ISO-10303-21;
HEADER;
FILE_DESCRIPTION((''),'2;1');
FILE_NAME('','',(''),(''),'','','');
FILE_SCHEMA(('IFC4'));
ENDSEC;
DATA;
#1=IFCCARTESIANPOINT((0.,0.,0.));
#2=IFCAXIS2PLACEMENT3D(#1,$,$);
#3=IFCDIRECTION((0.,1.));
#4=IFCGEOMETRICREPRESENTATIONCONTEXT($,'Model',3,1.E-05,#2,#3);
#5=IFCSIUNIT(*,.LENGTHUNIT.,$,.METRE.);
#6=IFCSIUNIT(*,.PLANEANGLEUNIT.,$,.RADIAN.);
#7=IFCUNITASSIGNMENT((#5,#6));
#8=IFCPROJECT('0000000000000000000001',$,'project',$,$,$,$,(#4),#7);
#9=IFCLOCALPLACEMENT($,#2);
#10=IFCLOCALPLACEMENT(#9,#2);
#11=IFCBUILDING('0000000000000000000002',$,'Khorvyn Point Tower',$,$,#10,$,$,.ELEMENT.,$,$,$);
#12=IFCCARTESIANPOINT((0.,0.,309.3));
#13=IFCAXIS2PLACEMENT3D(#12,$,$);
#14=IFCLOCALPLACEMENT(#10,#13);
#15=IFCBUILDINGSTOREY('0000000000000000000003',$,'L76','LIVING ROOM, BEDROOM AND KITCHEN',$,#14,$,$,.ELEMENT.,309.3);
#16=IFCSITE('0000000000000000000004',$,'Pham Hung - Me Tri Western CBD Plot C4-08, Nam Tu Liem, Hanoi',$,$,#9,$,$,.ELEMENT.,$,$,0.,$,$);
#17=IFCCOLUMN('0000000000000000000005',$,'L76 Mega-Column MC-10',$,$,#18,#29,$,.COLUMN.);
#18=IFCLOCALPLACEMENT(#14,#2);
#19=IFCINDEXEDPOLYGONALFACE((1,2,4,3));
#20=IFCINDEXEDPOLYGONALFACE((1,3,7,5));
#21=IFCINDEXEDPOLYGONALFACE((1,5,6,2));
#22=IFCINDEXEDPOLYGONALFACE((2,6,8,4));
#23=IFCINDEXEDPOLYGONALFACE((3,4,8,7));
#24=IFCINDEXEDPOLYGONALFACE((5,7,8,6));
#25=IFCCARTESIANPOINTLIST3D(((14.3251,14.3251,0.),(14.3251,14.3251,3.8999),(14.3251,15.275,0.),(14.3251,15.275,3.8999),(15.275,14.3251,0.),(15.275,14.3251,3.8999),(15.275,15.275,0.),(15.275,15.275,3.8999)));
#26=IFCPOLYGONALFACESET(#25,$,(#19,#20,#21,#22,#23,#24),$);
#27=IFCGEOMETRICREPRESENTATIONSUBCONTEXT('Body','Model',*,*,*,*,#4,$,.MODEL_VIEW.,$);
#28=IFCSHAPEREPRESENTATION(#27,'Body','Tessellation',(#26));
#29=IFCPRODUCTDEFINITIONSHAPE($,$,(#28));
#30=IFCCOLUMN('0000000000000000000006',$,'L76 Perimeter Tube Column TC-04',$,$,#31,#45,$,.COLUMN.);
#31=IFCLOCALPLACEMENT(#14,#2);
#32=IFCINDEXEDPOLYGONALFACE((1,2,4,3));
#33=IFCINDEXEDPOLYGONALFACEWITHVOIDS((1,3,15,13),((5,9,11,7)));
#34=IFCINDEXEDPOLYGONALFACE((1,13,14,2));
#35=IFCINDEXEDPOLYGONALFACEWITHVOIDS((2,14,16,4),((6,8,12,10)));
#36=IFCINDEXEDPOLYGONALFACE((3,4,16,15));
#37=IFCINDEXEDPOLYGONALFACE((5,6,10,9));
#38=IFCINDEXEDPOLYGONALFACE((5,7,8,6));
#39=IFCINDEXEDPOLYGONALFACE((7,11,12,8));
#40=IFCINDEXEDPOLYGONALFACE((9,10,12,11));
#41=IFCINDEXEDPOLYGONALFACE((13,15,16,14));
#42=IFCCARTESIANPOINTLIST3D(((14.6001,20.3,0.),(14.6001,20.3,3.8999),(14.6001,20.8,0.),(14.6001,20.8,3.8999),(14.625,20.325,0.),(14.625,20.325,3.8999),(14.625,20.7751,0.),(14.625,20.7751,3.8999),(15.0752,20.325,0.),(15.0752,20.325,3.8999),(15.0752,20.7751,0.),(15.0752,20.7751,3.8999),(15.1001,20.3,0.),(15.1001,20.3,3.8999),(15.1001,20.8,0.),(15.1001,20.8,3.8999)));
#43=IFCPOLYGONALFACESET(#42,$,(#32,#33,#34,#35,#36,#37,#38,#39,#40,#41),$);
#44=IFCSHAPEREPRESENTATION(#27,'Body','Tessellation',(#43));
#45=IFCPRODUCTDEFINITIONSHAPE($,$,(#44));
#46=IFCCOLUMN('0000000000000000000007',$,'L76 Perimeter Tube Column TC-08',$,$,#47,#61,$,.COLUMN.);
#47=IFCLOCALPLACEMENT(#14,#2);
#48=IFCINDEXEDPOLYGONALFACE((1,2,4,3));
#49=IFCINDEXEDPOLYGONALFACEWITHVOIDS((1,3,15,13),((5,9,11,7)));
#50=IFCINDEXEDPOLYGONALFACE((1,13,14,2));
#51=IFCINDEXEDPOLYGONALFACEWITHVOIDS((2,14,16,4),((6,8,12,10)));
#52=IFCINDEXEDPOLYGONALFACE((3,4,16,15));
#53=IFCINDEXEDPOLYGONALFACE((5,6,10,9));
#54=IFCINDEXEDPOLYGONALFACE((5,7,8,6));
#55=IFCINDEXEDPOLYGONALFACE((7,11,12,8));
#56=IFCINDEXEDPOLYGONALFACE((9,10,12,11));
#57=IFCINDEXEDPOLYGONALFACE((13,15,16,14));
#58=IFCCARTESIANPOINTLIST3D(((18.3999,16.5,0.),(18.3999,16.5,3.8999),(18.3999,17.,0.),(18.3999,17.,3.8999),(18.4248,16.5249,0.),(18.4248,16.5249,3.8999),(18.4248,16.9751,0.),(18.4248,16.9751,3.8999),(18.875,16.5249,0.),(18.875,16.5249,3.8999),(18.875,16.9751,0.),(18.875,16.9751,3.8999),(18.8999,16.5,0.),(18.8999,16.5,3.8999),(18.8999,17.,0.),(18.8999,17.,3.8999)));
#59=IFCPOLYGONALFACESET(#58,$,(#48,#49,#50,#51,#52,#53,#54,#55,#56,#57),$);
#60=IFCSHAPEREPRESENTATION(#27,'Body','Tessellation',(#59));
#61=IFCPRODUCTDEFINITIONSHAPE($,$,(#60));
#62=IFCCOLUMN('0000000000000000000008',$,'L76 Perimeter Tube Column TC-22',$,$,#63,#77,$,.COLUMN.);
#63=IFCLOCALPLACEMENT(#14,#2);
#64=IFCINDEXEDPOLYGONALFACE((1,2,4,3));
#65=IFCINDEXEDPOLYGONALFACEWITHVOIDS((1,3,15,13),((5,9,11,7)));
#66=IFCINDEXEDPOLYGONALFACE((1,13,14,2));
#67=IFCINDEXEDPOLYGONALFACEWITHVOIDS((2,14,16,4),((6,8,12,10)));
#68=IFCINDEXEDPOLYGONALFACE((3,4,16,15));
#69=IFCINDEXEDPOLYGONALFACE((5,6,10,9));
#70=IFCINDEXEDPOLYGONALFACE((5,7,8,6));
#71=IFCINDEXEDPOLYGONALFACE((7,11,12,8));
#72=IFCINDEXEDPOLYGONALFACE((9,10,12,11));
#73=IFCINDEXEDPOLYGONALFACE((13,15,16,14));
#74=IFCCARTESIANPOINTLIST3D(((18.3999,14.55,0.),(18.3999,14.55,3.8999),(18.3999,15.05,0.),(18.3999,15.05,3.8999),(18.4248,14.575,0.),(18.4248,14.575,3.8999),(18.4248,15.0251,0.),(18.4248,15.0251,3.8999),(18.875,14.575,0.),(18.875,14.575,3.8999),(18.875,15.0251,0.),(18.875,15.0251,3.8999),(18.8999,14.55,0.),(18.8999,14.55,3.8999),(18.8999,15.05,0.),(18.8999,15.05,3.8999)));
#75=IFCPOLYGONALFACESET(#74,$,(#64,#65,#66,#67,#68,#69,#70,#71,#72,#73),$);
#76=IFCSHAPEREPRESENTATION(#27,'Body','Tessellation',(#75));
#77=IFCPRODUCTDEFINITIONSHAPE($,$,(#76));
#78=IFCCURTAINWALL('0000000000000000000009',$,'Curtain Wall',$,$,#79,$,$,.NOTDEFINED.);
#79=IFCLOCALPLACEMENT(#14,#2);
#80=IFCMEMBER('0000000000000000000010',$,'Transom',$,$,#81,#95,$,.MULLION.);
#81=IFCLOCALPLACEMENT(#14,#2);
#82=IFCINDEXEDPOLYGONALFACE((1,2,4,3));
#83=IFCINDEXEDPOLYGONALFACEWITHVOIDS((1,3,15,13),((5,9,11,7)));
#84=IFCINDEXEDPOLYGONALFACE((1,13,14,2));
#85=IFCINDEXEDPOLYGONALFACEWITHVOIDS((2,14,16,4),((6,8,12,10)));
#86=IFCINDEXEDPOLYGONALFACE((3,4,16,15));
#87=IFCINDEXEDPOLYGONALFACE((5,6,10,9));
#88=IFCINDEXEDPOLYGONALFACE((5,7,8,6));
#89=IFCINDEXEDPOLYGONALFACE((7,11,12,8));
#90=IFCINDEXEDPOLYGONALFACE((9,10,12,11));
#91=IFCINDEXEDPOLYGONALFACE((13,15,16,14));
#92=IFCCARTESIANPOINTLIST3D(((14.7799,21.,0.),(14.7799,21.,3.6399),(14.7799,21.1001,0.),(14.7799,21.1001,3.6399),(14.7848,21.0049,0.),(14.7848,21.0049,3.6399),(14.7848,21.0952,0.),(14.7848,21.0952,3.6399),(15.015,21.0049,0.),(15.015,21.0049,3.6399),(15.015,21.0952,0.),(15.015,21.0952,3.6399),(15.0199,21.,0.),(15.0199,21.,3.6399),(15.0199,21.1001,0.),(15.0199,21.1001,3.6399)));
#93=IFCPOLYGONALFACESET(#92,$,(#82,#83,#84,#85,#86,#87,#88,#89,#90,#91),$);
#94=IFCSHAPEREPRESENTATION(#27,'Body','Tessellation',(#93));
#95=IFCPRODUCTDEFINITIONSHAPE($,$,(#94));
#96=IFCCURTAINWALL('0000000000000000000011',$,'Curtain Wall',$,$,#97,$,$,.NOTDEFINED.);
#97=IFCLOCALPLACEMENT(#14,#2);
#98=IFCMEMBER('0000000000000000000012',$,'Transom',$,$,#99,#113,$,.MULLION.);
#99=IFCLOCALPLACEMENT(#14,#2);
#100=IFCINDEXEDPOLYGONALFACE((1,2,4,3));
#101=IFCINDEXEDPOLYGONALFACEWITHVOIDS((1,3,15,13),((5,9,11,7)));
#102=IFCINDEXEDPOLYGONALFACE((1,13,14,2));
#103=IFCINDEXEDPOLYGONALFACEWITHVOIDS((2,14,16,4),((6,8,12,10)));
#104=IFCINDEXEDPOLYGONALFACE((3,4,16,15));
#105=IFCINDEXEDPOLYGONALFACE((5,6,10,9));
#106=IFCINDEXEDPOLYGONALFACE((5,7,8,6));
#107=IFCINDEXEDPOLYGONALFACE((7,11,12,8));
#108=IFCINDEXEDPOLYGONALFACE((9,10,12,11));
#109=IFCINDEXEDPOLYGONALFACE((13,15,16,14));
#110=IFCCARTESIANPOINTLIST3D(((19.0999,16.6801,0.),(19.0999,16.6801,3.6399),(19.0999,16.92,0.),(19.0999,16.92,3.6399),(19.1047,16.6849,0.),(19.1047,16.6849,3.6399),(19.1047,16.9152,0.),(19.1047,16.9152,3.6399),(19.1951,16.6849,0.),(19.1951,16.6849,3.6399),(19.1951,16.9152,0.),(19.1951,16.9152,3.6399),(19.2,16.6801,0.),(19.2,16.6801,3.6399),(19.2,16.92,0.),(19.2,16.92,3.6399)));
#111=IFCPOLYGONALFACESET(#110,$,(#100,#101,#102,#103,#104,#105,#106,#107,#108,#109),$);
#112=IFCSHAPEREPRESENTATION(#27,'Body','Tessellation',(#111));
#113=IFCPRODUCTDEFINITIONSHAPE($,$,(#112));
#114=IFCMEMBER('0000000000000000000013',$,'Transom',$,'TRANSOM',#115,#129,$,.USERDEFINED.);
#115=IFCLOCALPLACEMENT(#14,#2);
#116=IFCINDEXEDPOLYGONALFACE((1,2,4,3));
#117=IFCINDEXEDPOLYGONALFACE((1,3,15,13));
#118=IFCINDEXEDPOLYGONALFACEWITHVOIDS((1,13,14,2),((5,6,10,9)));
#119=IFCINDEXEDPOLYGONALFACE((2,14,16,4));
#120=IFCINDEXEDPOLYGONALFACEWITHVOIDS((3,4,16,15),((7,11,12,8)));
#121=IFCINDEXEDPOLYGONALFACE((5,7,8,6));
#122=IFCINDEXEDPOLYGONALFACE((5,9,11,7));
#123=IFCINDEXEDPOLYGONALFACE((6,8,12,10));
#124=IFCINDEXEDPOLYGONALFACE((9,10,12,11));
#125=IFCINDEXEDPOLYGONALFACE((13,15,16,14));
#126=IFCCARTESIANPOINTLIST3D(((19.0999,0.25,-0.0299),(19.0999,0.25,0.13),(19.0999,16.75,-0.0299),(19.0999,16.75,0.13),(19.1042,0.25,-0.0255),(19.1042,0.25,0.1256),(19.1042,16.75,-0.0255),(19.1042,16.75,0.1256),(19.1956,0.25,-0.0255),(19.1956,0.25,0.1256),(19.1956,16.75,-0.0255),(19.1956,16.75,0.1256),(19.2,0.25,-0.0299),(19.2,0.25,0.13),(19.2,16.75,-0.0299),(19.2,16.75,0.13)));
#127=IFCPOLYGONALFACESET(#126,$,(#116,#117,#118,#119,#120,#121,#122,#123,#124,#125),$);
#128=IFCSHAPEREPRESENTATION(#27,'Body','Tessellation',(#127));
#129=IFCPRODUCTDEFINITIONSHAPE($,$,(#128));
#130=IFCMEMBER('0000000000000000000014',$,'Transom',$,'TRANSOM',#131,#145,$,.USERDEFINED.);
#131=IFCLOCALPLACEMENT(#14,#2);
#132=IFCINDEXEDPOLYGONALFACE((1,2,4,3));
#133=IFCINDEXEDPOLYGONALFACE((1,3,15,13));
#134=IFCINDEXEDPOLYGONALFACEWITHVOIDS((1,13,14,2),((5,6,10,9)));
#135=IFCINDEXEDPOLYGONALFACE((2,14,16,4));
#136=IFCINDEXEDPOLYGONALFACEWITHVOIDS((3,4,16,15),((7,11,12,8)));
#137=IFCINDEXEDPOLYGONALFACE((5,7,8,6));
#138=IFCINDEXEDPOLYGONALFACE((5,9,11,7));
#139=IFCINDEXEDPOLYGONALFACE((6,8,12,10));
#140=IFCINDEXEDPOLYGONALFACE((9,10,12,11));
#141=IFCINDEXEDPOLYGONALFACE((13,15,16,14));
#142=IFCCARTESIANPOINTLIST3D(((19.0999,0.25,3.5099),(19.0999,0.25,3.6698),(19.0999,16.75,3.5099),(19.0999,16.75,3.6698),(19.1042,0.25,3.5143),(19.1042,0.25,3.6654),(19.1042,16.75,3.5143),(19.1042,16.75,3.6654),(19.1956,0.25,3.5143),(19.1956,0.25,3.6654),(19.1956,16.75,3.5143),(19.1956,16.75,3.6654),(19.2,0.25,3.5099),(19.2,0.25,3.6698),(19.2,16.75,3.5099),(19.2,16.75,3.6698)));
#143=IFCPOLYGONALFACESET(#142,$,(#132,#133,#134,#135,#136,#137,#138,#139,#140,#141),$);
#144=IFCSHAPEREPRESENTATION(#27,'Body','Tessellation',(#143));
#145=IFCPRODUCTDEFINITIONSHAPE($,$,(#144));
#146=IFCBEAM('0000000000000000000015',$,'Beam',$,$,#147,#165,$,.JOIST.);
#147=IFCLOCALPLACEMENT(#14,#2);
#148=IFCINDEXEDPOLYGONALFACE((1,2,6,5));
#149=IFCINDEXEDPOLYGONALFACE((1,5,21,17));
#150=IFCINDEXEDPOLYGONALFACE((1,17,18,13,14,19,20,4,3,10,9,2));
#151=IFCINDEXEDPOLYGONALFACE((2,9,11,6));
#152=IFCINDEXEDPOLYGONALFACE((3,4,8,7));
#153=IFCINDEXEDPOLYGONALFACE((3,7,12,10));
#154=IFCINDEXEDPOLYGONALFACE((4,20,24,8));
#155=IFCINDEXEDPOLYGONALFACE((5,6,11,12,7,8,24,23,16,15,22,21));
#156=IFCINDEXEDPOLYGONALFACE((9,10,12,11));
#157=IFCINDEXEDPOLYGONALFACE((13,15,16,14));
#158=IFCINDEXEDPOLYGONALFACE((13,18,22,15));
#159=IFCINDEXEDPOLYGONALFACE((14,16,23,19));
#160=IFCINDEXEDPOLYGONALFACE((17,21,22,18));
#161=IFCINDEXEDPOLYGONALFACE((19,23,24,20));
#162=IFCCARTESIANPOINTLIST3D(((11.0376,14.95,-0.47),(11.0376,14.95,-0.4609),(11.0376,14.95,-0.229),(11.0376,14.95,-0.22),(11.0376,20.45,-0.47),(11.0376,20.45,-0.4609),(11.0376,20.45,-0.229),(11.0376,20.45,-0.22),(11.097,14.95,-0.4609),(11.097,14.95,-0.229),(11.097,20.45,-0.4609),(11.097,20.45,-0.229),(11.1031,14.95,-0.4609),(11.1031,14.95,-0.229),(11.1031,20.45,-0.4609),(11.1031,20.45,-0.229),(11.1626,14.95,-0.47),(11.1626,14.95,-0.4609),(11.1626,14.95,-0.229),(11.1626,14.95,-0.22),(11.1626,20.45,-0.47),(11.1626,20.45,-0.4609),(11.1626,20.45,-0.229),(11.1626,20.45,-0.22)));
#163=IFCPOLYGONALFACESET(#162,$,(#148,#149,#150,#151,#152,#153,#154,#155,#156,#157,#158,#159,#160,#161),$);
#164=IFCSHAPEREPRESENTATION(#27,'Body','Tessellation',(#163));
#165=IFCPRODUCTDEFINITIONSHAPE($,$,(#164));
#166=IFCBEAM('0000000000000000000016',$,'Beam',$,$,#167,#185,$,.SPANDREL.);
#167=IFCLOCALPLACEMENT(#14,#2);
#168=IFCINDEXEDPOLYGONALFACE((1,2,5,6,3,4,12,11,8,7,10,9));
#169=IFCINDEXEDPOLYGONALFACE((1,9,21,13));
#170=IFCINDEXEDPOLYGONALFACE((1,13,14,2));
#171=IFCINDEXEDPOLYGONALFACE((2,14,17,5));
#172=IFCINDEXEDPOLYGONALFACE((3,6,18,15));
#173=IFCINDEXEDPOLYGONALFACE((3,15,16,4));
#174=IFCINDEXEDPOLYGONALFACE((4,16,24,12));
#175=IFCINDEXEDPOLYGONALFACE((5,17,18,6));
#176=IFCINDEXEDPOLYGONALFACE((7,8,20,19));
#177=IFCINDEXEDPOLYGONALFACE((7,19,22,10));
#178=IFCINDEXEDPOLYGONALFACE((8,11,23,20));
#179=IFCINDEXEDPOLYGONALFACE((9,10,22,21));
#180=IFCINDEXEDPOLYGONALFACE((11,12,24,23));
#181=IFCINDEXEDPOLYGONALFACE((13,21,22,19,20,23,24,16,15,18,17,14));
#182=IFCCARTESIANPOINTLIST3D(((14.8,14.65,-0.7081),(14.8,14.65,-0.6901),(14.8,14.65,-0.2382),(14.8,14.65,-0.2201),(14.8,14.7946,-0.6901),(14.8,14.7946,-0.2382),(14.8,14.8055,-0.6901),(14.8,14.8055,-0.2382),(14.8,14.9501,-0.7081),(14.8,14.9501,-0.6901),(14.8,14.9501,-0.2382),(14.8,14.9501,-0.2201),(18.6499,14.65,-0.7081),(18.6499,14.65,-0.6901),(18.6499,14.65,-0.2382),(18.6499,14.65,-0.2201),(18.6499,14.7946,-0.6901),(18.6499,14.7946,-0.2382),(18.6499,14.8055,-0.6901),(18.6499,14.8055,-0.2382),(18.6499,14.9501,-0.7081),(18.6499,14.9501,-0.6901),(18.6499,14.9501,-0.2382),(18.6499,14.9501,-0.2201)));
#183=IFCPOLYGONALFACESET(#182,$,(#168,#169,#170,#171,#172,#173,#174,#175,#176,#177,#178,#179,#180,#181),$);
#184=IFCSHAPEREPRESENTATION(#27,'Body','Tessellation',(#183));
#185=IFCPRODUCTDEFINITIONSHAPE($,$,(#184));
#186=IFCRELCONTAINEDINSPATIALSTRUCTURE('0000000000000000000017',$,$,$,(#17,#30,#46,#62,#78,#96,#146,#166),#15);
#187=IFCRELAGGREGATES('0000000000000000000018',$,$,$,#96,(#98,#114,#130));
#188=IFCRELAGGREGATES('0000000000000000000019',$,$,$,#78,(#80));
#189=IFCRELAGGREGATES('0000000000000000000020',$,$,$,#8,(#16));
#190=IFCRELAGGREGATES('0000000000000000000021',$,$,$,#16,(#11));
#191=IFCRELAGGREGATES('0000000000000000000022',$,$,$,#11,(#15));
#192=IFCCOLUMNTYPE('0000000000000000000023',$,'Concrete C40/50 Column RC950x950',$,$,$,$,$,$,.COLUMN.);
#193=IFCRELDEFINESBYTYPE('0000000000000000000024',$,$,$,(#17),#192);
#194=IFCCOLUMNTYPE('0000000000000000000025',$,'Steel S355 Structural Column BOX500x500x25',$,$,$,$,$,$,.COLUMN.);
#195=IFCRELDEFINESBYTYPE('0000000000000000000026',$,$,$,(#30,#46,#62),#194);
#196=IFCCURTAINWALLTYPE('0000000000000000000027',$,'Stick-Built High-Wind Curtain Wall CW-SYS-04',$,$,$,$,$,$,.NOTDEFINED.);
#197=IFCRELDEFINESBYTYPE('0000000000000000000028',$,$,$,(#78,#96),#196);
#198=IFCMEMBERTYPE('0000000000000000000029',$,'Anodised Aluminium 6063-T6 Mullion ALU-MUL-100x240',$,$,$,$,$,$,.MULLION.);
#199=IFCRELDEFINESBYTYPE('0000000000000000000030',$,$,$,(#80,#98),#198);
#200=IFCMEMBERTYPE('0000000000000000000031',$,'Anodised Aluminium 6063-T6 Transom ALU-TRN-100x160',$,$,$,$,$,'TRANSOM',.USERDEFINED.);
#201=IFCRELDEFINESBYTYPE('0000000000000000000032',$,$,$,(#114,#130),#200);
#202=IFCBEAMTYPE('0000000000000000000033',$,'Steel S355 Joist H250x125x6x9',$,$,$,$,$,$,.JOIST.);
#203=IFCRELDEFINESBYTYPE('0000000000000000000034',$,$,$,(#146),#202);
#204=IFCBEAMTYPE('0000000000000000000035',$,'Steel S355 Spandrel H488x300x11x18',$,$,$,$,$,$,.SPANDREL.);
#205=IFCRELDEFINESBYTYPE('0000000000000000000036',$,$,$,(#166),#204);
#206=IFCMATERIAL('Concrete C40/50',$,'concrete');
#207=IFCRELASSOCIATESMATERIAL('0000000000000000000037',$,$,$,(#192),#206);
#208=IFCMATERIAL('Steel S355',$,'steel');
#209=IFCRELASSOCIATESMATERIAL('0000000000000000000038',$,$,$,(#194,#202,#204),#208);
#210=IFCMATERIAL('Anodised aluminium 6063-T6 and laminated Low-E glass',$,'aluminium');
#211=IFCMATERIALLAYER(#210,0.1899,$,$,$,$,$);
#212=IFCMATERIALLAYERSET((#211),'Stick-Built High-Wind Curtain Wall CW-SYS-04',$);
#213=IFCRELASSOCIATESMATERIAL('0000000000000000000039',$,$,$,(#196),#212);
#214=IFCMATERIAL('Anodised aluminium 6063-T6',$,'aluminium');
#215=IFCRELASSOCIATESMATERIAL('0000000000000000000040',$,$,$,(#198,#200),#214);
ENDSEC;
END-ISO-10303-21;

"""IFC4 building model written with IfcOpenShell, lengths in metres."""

from ifc_helpers import new_model, si_unit, direction, frame, origin, origin_2d, place, context, subcontext, project, spatial, rectangle, hollow_rectangle, i_section, extrude, material, layer, layer_set, material_profile, profile_set, type_object, element, aggregate, save


model = new_model("IFC4")

# Units and contexts
model_context = context("Model", 3, precision=1e-05, world=origin(), true_north=direction((0.0, 1.0)))
body_context = subcontext(model_context, "Body", "Model", "MODEL_VIEW")
ifc_project = project(units=[si_unit("LENGTHUNIT", "METRE"), si_unit("PLANEANGLEUNIT", "RADIAN")], contexts=[model_context])

# Site, building, storey
site_placement = place(None, origin())
site = spatial("IfcSite", under=ifc_project, at=site_placement, Name="Pham Hung - Me Tri Western CBD Plot C4-08, Nam Tu Liem, Hanoi", CompositionType="ELEMENT", RefElevation=0.0)
building_placement = place(site_placement, origin())
building = spatial("IfcBuilding", under=site, at=building_placement, Name="Khorvyn Point Tower", CompositionType="ELEMENT")
storey_placement = place(building_placement, frame((0.0, 0.0, 309.3)))
storey = spatial("IfcBuildingStorey", under=building, at=storey_placement, Name="L76", Description="LIVING ROOM, BEDROOM AND KITCHEN", CompositionType="ELEMENT", Elevation=309.3)

# Columns
ifc_material_1 = material(Name="Concrete C40/50", Category="concrete")
ifc_material_profile_1 = material_profile(ifc_material_1, rectangle(XDim=0.95, YDim=0.95, at=origin_2d()))
ifc_profile_set_1 = profile_set([ifc_material_profile_1], Name="Concrete C40/50 RC950x950")
column_type_1 = type_object("IfcColumnType", Name="Concrete C40/50 Column RC950x950", PredefinedType="COLUMN", material=ifc_profile_set_1)
column_placement = place(storey_placement, frame((14.8, 14.8, 0.0), z_axis=(0.0, 0.0, 1.0), x_axis=(1.0, 0.0, 0.0)))
element("IfcColumn", 1, at=column_placement, inside=storey, type_object=column_type_1, Name="L76 Mega-Column MC-10", PredefinedType="COLUMN", context=body_context, shape_type="SweptSolid", body=[
    extrude(rectangle(XDim=0.95, YDim=0.95, at=origin_2d()), origin(), (0.0, 0.0, 1.0), 3.8999),
])
ifc_material_2 = material(Name="Steel S355", Category="steel")
ifc_material_profile_2 = material_profile(ifc_material_2, hollow_rectangle(XDim=0.5, YDim=0.5, WallThickness=0.0249, at=origin_2d()))
ifc_profile_set_2 = profile_set([ifc_material_profile_2], Name="Steel S355 BOX500x500x25")
column_type_2 = type_object("IfcColumnType", Name="Steel S355 Structural Column BOX500x500x25", PredefinedType="COLUMN", material=ifc_profile_set_2)
for number, where, z_axis, x_axis, name in (
    (2, (14.8501, 20.55, 0.0), (0.0, 0.0, 1.0), (1.0, 0.0, 0.0), "L76 Perimeter Tube Column TC-04"),
    (3, (18.6499, 16.75, 0.0), (0.0, 0.0, 1.0), (1.0, 0.0, 0.0), "L76 Perimeter Tube Column TC-08"),
    (4, (18.6499, 14.8, 0.0), (0.0, 0.0, 1.0), (1.0, 0.0, 0.0), "L76 Perimeter Tube Column TC-22"),
):
    element("IfcColumn", number, at=place(storey_placement, frame(where, z_axis=z_axis, x_axis=x_axis)), inside=storey, type_object=column_type_2, Name=name, PredefinedType="COLUMN", context=body_context, shape_type="SweptSolid", body=[
        extrude(hollow_rectangle(XDim=0.5, YDim=0.5, WallThickness=0.0249, at=origin_2d()), origin(), (0.0, 0.0, 1.0), 3.8999),
    ])

# Curtain wall, member
ifc_material_3 = material(Name="Anodised aluminium 6063-T6 and laminated Low-E glass", Category="aluminium")
ifc_layer_1 = layer(ifc_material_3, 0.1899)
ifc_layer_set_1 = layer_set([ifc_layer_1], Name="Stick-Built High-Wind Curtain Wall CW-SYS-04")
curtain_wall_type = type_object("IfcCurtainWallType", Name="Stick-Built High-Wind Curtain Wall CW-SYS-04", PredefinedType="NOTDEFINED", material=ifc_layer_set_1)
curtain_wall_1_placement = place(storey_placement, origin())
curtain_wall_1 = element("IfcCurtainWall", 5, at=curtain_wall_1_placement, inside=storey, type_object=curtain_wall_type, Name="Curtain Wall", PredefinedType="NOTDEFINED")
ifc_material_4 = material(Name="Anodised aluminium 6063-T6", Category="aluminium")
ifc_material_profile_3 = material_profile(ifc_material_4, hollow_rectangle(XDim=0.1001, YDim=0.24, WallThickness=0.0049, at=origin_2d()))
ifc_profile_set_3 = profile_set([ifc_material_profile_3], Name="Anodised aluminium 6063-T6 ALU-MUL-100x240")
member_type_1 = type_object("IfcMemberType", Name="Anodised Aluminium 6063-T6 Mullion ALU-MUL-100x240", PredefinedType="MULLION", material=ifc_profile_set_3)
member_1_placement = place(storey_placement, frame((14.8999, 21.05, 0.0), z_axis=(0.0, 0.0, 1.0), x_axis=(0.0, 1.0, 0.0)))
member_1 = element("IfcMember", 6, at=member_1_placement, type_object=member_type_1, Name="Transom", PredefinedType="MULLION", context=body_context, shape_type="SweptSolid", body=[
    extrude(hollow_rectangle(XDim=0.1001, YDim=0.24, WallThickness=0.0049, at=origin_2d()), origin(), (0.0, 0.0, 1.0), 3.6399),
])

# Curtain wall, members
curtain_wall_2_placement = place(storey_placement, origin())
curtain_wall_2 = element("IfcCurtainWall", 7, at=curtain_wall_2_placement, inside=storey, type_object=curtain_wall_type, Name="Curtain Wall", PredefinedType="NOTDEFINED")
member_2_placement = place(storey_placement, frame((19.1499, 16.8, 0.0), z_axis=(0.0, 0.0, 1.0), x_axis=(1.0, 0.0, 0.0)))
member_2 = element("IfcMember", 8, at=member_2_placement, type_object=member_type_1, Name="Transom", PredefinedType="MULLION", context=body_context, shape_type="SweptSolid", body=[
    extrude(hollow_rectangle(XDim=0.1001, YDim=0.24, WallThickness=0.0049, at=origin_2d()), origin(), (0.0, 0.0, 1.0), 3.6399),
])
ifc_material_profile_4 = material_profile(ifc_material_4, hollow_rectangle(XDim=0.1001, YDim=0.1599, WallThickness=0.0044, at=origin_2d()))
ifc_profile_set_4 = profile_set([ifc_material_profile_4], Name="Anodised aluminium 6063-T6 ALU-TRN-100x160")
member_type_2 = type_object("IfcMemberType", Name="Anodised Aluminium 6063-T6 Transom ALU-TRN-100x160", ElementType="TRANSOM", PredefinedType="USERDEFINED", material=ifc_profile_set_4)
member_3_placement = place(storey_placement, frame((19.1499, 16.75, 0.05), z_axis=(0.0, -1.0, 0.0), x_axis=(1.0, 0.0, 0.0)))
member_3 = element("IfcMember", 9, at=member_3_placement, type_object=member_type_2, Name="Transom", ObjectType="TRANSOM", PredefinedType="USERDEFINED", context=body_context, shape_type="SweptSolid", body=[
    extrude(hollow_rectangle(XDim=0.1001, YDim=0.1599, WallThickness=0.0044, at=origin_2d()), origin(), (0.0, 0.0, 1.0), 16.5),
])
member_4_placement = place(storey_placement, frame((19.1499, 16.75, 3.5898), z_axis=(0.0, -1.0, 0.0), x_axis=(1.0, 0.0, 0.0)))
member_4 = element("IfcMember", 10, at=member_4_placement, type_object=member_type_2, Name="Transom", ObjectType="TRANSOM", PredefinedType="USERDEFINED", context=body_context, shape_type="SweptSolid", body=[
    extrude(hollow_rectangle(XDim=0.1001, YDim=0.1599, WallThickness=0.0044, at=origin_2d()), origin(), (0.0, 0.0, 1.0), 16.5),
])
aggregate(curtain_wall_2, [member_2, member_3, member_4])

# Beams
ifc_material_profile_5 = material_profile(ifc_material_2, i_section(OverallWidth=0.125, OverallDepth=0.25, WebThickness=0.0061, FlangeThickness=0.009, at=origin_2d()))
ifc_profile_set_5 = profile_set([ifc_material_profile_5], Name="Steel S355 H250x125x6x9")
beam_type_1 = type_object("IfcBeamType", Name="Steel S355 Joist H250x125x6x9", PredefinedType="JOIST", material=ifc_profile_set_5)
beam_1_placement = place(storey_placement, frame((11.1001, 14.95, -0.345), z_axis=(0.0, 1.0, 0.0), x_axis=(-1.0, 0.0, 0.0)))
element("IfcBeam", 11, at=beam_1_placement, inside=storey, type_object=beam_type_1, Name="Beam", PredefinedType="JOIST", context=body_context, shape_type="SweptSolid", body=[
    extrude(i_section(OverallWidth=0.125, OverallDepth=0.25, WebThickness=0.0061, FlangeThickness=0.009, at=origin_2d()), origin(), (0.0, 0.0, 1.0), 5.5),
])
ifc_material_profile_6 = material_profile(ifc_material_2, i_section(OverallWidth=0.3, OverallDepth=0.488, WebThickness=0.011, FlangeThickness=0.0181, at=origin_2d()))
ifc_profile_set_6 = profile_set([ifc_material_profile_6], Name="Steel S355 H488x300x11x18")
beam_type_2 = type_object("IfcBeamType", Name="Steel S355 Spandrel H488x300x11x18", PredefinedType="SPANDREL", material=ifc_profile_set_6)
beam_2_placement = place(storey_placement, frame((14.8, 14.8, -0.4641), z_axis=(1.0, 0.0, 0.0), x_axis=(0.0, 1.0, 0.0)))
element("IfcBeam", 12, at=beam_2_placement, inside=storey, type_object=beam_type_2, Name="Beam", PredefinedType="SPANDREL", context=body_context, shape_type="SweptSolid", body=[
    extrude(i_section(OverallWidth=0.3, OverallDepth=0.488, WebThickness=0.011, FlangeThickness=0.0181, at=origin_2d()), origin(), (0.0, 0.0, 1.0), 3.8499),
])

aggregate(curtain_wall_1, [member_1])

save(model, "model.ifc")
